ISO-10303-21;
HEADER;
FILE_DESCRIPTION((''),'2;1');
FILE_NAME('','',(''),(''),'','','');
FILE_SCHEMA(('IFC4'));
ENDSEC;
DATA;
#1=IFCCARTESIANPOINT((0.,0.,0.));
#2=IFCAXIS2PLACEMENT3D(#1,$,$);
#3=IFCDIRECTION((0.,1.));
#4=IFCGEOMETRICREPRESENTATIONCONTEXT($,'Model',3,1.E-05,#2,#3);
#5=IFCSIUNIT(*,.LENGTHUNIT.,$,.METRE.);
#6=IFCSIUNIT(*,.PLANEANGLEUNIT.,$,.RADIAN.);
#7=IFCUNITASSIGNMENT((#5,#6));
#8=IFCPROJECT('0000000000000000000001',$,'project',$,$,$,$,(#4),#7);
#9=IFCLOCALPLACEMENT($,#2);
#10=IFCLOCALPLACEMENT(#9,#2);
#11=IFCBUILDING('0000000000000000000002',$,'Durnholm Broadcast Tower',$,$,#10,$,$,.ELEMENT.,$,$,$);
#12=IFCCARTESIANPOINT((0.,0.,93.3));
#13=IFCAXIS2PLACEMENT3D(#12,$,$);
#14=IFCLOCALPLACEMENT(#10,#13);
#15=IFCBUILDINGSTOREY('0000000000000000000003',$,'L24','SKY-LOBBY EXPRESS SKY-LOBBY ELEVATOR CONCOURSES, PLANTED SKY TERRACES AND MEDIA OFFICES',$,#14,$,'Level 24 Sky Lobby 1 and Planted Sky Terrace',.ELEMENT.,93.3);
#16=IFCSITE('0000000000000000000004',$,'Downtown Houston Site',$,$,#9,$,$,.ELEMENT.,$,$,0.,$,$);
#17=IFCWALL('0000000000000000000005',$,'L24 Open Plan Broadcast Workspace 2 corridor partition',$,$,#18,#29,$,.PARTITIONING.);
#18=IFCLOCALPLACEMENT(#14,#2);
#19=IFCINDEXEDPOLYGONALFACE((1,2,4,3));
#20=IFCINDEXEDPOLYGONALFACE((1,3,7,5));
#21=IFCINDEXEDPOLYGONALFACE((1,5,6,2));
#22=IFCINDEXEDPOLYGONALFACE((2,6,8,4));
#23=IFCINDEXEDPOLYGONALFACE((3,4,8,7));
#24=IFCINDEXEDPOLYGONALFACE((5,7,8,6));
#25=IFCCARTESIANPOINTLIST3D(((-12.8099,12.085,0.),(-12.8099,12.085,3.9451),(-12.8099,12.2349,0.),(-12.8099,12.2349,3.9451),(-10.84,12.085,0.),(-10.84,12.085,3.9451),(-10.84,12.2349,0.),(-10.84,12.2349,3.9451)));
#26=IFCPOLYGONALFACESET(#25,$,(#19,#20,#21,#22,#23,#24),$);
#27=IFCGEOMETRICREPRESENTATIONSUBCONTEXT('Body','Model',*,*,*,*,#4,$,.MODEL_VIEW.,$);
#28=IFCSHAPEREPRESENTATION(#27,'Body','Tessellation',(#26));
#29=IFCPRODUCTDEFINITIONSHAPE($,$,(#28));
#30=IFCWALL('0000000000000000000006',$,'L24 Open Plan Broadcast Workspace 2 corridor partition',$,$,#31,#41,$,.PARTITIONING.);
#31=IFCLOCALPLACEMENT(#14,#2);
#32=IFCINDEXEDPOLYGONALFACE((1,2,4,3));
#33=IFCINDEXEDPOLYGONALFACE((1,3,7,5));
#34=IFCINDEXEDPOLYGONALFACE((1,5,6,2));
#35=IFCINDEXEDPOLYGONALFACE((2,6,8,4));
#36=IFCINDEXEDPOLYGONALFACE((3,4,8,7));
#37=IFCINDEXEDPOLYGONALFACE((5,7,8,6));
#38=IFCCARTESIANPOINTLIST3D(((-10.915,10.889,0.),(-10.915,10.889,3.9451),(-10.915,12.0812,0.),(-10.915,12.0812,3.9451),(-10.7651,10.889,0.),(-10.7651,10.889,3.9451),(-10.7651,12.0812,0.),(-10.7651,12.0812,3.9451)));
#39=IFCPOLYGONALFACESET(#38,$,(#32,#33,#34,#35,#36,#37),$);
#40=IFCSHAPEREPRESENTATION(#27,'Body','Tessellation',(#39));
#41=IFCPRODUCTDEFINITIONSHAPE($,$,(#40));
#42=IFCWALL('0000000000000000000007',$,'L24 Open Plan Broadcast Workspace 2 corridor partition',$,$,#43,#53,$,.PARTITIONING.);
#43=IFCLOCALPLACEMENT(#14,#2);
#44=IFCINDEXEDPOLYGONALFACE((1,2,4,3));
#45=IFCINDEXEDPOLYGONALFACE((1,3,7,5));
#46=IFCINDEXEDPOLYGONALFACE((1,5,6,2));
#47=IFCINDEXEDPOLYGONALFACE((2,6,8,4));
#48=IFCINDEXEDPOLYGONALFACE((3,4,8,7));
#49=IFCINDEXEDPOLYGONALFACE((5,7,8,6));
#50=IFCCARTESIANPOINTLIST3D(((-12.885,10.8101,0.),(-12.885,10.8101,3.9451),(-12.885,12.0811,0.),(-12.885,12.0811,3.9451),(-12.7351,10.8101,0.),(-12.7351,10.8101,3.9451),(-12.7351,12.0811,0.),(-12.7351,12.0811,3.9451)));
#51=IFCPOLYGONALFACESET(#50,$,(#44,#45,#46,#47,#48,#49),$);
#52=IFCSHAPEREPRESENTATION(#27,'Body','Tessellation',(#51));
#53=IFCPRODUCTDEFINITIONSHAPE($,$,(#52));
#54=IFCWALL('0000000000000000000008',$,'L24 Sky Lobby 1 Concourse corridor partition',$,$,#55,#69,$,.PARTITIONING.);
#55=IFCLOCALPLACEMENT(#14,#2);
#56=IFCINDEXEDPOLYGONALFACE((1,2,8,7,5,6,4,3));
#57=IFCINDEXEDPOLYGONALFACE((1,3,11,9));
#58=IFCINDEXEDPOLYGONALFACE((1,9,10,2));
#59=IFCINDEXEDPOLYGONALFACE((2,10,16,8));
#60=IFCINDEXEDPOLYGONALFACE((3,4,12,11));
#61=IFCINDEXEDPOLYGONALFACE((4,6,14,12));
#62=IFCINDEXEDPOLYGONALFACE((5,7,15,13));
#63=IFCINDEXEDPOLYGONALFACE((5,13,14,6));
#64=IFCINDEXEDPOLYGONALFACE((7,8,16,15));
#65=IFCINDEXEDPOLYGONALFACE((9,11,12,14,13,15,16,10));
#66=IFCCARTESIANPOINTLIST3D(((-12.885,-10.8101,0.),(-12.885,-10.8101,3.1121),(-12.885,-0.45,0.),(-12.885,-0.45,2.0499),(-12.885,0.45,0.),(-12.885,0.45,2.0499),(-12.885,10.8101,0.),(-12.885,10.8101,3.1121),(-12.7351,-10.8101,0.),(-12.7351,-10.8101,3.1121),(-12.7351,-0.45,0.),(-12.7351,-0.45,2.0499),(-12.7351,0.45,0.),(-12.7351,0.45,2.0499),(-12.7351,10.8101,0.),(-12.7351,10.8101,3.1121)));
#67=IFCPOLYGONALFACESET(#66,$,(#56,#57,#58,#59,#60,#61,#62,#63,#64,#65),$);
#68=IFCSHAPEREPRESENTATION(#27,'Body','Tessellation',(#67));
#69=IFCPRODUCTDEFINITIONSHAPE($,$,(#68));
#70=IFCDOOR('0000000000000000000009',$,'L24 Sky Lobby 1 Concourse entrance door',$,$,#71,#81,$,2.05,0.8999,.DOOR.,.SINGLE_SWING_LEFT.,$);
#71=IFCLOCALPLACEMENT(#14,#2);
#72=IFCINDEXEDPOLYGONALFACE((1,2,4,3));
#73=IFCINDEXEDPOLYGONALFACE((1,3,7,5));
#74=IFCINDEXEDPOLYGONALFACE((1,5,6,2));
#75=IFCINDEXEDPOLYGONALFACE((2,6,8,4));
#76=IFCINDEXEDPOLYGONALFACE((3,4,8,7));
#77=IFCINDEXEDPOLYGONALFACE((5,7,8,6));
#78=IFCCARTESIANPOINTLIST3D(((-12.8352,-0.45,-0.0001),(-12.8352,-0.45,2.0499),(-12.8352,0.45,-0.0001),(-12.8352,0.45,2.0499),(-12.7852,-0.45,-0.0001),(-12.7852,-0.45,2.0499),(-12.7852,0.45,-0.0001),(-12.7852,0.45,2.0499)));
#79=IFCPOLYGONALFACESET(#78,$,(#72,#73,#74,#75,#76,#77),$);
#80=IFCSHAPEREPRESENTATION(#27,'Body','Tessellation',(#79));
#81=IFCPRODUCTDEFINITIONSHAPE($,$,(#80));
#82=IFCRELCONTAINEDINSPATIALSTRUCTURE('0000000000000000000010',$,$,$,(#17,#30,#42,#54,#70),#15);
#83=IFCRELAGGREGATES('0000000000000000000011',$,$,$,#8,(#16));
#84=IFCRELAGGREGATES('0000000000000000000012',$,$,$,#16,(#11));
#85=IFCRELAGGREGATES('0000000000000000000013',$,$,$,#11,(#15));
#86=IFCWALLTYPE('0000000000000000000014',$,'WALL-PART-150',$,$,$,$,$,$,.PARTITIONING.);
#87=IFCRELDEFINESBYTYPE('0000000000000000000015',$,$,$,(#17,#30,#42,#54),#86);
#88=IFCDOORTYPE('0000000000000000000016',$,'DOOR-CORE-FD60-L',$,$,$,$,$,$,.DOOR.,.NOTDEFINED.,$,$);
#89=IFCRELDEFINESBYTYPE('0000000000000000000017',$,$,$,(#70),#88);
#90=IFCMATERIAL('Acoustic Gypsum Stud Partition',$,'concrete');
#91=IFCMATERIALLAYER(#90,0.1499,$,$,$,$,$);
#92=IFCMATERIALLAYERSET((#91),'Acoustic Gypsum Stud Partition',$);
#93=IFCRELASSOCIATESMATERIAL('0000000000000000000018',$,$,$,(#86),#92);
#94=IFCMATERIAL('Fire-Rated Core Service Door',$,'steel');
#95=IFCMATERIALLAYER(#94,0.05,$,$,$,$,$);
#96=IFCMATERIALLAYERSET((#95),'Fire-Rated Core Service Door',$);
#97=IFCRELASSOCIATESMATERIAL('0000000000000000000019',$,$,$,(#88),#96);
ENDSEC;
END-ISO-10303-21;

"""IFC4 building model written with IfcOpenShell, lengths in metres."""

from ifc_helpers import new_model, si_unit, direction, frame, frame_2d, origin, place, context, subcontext, project, spatial, rectangle, extrude, source, transform, mapped, material, layer, layer_set, type_object, type_shapes, element, fill, save


model = new_model("IFC4")

# Units and contexts
model_context = context("Model", 3, precision=1e-05, world=origin(), true_north=direction((0.0, 1.0)))
body_context = subcontext(model_context, "Body", "Model", "MODEL_VIEW")
ifc_project = project(units=[si_unit("LENGTHUNIT", "METRE"), si_unit("PLANEANGLEUNIT", "RADIAN")], contexts=[model_context])

# Site, building, storey
site_placement = place(None, origin())
site = spatial("IfcSite", under=ifc_project, at=site_placement, Name="Downtown Houston Site", CompositionType="ELEMENT", RefElevation=0.0)
building_placement = place(site_placement, origin())
building = spatial("IfcBuilding", under=site, at=building_placement, Name="Durnholm Broadcast Tower", CompositionType="ELEMENT")
storey_placement = place(building_placement, frame((0.0, 0.0, 93.3)))
storey = spatial("IfcBuildingStorey", under=building, at=storey_placement, Name="L24", Description="SKY-LOBBY EXPRESS SKY-LOBBY ELEVATOR CONCOURSES, PLANTED SKY TERRACES AND MEDIA OFFICES", LongName="Level 24 Sky Lobby 1 and Planted Sky Terrace", CompositionType="ELEMENT", Elevation=93.3)

# Walls
ifc_material_1 = material(Name="Acoustic Gypsum Stud Partition", Category="concrete")
ifc_layer_1 = layer(ifc_material_1, 0.1499)
ifc_layer_set_1 = layer_set([ifc_layer_1], Name="Acoustic Gypsum Stud Partition")
wall_type_1 = type_object("IfcWallType", Name="WALL-PART-150", PredefinedType="PARTITIONING", material=ifc_layer_set_1)
wall_1_placement = place(storey_placement, frame((-10.8401, 12.1599, 0.0), z_axis=(0.0, 0.0, 1.0), x_axis=(-1.0, 0.0, 0.0)))
element("IfcWall", 1, at=wall_1_placement, inside=storey, type_object=wall_type_1, Name="L24 Open Plan Broadcast Workspace 2 corridor partition", PredefinedType="PARTITIONING", context=body_context, shape_type="SweptSolid", body=[
    extrude(rectangle(XDim=1.97, YDim=0.1499, at=frame_2d((0.9849, 0.0))), origin(), (0.0, 0.0, 1.0), 3.9451),
])
wall_2_placement = place(storey_placement, frame((-10.8401, 10.8889, 0.0), z_axis=(0.0, 0.0, 1.0), x_axis=(0.0, 1.0, 0.0)))
element("IfcWall", 2, at=wall_2_placement, inside=storey, type_object=wall_type_1, Name="L24 Open Plan Broadcast Workspace 2 corridor partition", PredefinedType="PARTITIONING", context=body_context, shape_type="SweptSolid", body=[
    extrude(rectangle(XDim=1.1921, YDim=0.1499, at=frame_2d((0.5962, 0.0))), origin(), (0.0, 0.0, 1.0), 3.9451),
])
wall_3_placement = place(storey_placement, frame((-12.8101, 12.0811, 0.0), z_axis=(0.0, 0.0, 1.0), x_axis=(0.0, -1.0, 0.0)))
element("IfcWall", 3, at=wall_3_placement, inside=storey, type_object=wall_type_1, Name="L24 Open Plan Broadcast Workspace 2 corridor partition", PredefinedType="PARTITIONING", context=body_context, shape_type="SweptSolid", body=[
    extrude(rectangle(XDim=1.271, YDim=0.1499, at=frame_2d((0.6355, 0.0))), origin(), (0.0, 0.0, 1.0), 3.9451),
])

# Wall, opening, door
wall_4_placement = place(storey_placement, frame((-12.8101, 10.8101, 0.0), z_axis=(0.0, 0.0, 1.0), x_axis=(0.0, -1.0, 0.0)))
wall_4 = element("IfcWall", 4, at=wall_4_placement, inside=storey, type_object=wall_type_1, Name="L24 Sky Lobby 1 Concourse corridor partition", PredefinedType="PARTITIONING", context=body_context, shape_type="SweptSolid", body=[
    extrude(rectangle(XDim=21.6201, YDim=0.1499, at=frame_2d((10.8101, 0.0))), origin(), (0.0, 0.0, 1.0), 3.1121),
])
opening_placement = place(wall_4_placement, frame((10.3601, 0.0, 0.0)))
opening = element("IfcOpeningElement", 5, at=opening_placement, cuts=wall_4, PredefinedType="OPENING", context=body_context, shape_type="SweptSolid", body=[
    extrude(rectangle(XDim=0.8999, YDim=2.05, at=frame_2d((0.45, 1.0249))), frame((0.0, 0.085, 0.0), z_axis=(0.0, -1.0, 0.0), x_axis=(1.0, 0.0, 0.0)), (0.0, 0.0, 1.0), 0.1699),
])
ifc_material_2 = material(Name="Fire-Rated Core Service Door", Category="steel")
ifc_layer_2 = layer(ifc_material_2, 0.05)
ifc_layer_set_2 = layer_set([ifc_layer_2], Name="Fire-Rated Core Service Door")
door_type = type_object("IfcDoorType", Name="DOOR-CORE-FD60-L", OperationType="NOTDEFINED", PredefinedType="DOOR", material=ifc_layer_set_2)
shared_shape_1 = source(origin(), body_context, "Body", "SweptSolid", [
    extrude(rectangle(XDim=0.8999, YDim=2.05, at=frame_2d((0.45, 1.0249))), frame((0.0, 0.0249, 0.0), z_axis=(0.0, -1.0, 0.0), x_axis=(1.0, 0.0, 0.0)), (0.0, 0.0, 1.0), 0.05),
])
type_shapes(door_type, [shared_shape_1])
door_placement = place(opening_placement, origin())
door = element("IfcDoor", 6, at=door_placement, inside=storey, type_object=door_type, Name="L24 Sky Lobby 1 Concourse entrance door", OperationType="SINGLE_SWING_LEFT", OverallHeight=2.05, OverallWidth=0.8999, PredefinedType="DOOR", context=body_context, shape_type="MappedRepresentation", body=[
    mapped(shared_shape_1, transform((0.0, 0.0, 0.0), x_axis=(1.0, 0.0, 0.0), y_axis=(0.0, 1.0, 0.0), z_axis=(0.0, 0.0, 1.0), scale=1.0)),
])
fill(opening, door)

save(model, "model.ifc")
